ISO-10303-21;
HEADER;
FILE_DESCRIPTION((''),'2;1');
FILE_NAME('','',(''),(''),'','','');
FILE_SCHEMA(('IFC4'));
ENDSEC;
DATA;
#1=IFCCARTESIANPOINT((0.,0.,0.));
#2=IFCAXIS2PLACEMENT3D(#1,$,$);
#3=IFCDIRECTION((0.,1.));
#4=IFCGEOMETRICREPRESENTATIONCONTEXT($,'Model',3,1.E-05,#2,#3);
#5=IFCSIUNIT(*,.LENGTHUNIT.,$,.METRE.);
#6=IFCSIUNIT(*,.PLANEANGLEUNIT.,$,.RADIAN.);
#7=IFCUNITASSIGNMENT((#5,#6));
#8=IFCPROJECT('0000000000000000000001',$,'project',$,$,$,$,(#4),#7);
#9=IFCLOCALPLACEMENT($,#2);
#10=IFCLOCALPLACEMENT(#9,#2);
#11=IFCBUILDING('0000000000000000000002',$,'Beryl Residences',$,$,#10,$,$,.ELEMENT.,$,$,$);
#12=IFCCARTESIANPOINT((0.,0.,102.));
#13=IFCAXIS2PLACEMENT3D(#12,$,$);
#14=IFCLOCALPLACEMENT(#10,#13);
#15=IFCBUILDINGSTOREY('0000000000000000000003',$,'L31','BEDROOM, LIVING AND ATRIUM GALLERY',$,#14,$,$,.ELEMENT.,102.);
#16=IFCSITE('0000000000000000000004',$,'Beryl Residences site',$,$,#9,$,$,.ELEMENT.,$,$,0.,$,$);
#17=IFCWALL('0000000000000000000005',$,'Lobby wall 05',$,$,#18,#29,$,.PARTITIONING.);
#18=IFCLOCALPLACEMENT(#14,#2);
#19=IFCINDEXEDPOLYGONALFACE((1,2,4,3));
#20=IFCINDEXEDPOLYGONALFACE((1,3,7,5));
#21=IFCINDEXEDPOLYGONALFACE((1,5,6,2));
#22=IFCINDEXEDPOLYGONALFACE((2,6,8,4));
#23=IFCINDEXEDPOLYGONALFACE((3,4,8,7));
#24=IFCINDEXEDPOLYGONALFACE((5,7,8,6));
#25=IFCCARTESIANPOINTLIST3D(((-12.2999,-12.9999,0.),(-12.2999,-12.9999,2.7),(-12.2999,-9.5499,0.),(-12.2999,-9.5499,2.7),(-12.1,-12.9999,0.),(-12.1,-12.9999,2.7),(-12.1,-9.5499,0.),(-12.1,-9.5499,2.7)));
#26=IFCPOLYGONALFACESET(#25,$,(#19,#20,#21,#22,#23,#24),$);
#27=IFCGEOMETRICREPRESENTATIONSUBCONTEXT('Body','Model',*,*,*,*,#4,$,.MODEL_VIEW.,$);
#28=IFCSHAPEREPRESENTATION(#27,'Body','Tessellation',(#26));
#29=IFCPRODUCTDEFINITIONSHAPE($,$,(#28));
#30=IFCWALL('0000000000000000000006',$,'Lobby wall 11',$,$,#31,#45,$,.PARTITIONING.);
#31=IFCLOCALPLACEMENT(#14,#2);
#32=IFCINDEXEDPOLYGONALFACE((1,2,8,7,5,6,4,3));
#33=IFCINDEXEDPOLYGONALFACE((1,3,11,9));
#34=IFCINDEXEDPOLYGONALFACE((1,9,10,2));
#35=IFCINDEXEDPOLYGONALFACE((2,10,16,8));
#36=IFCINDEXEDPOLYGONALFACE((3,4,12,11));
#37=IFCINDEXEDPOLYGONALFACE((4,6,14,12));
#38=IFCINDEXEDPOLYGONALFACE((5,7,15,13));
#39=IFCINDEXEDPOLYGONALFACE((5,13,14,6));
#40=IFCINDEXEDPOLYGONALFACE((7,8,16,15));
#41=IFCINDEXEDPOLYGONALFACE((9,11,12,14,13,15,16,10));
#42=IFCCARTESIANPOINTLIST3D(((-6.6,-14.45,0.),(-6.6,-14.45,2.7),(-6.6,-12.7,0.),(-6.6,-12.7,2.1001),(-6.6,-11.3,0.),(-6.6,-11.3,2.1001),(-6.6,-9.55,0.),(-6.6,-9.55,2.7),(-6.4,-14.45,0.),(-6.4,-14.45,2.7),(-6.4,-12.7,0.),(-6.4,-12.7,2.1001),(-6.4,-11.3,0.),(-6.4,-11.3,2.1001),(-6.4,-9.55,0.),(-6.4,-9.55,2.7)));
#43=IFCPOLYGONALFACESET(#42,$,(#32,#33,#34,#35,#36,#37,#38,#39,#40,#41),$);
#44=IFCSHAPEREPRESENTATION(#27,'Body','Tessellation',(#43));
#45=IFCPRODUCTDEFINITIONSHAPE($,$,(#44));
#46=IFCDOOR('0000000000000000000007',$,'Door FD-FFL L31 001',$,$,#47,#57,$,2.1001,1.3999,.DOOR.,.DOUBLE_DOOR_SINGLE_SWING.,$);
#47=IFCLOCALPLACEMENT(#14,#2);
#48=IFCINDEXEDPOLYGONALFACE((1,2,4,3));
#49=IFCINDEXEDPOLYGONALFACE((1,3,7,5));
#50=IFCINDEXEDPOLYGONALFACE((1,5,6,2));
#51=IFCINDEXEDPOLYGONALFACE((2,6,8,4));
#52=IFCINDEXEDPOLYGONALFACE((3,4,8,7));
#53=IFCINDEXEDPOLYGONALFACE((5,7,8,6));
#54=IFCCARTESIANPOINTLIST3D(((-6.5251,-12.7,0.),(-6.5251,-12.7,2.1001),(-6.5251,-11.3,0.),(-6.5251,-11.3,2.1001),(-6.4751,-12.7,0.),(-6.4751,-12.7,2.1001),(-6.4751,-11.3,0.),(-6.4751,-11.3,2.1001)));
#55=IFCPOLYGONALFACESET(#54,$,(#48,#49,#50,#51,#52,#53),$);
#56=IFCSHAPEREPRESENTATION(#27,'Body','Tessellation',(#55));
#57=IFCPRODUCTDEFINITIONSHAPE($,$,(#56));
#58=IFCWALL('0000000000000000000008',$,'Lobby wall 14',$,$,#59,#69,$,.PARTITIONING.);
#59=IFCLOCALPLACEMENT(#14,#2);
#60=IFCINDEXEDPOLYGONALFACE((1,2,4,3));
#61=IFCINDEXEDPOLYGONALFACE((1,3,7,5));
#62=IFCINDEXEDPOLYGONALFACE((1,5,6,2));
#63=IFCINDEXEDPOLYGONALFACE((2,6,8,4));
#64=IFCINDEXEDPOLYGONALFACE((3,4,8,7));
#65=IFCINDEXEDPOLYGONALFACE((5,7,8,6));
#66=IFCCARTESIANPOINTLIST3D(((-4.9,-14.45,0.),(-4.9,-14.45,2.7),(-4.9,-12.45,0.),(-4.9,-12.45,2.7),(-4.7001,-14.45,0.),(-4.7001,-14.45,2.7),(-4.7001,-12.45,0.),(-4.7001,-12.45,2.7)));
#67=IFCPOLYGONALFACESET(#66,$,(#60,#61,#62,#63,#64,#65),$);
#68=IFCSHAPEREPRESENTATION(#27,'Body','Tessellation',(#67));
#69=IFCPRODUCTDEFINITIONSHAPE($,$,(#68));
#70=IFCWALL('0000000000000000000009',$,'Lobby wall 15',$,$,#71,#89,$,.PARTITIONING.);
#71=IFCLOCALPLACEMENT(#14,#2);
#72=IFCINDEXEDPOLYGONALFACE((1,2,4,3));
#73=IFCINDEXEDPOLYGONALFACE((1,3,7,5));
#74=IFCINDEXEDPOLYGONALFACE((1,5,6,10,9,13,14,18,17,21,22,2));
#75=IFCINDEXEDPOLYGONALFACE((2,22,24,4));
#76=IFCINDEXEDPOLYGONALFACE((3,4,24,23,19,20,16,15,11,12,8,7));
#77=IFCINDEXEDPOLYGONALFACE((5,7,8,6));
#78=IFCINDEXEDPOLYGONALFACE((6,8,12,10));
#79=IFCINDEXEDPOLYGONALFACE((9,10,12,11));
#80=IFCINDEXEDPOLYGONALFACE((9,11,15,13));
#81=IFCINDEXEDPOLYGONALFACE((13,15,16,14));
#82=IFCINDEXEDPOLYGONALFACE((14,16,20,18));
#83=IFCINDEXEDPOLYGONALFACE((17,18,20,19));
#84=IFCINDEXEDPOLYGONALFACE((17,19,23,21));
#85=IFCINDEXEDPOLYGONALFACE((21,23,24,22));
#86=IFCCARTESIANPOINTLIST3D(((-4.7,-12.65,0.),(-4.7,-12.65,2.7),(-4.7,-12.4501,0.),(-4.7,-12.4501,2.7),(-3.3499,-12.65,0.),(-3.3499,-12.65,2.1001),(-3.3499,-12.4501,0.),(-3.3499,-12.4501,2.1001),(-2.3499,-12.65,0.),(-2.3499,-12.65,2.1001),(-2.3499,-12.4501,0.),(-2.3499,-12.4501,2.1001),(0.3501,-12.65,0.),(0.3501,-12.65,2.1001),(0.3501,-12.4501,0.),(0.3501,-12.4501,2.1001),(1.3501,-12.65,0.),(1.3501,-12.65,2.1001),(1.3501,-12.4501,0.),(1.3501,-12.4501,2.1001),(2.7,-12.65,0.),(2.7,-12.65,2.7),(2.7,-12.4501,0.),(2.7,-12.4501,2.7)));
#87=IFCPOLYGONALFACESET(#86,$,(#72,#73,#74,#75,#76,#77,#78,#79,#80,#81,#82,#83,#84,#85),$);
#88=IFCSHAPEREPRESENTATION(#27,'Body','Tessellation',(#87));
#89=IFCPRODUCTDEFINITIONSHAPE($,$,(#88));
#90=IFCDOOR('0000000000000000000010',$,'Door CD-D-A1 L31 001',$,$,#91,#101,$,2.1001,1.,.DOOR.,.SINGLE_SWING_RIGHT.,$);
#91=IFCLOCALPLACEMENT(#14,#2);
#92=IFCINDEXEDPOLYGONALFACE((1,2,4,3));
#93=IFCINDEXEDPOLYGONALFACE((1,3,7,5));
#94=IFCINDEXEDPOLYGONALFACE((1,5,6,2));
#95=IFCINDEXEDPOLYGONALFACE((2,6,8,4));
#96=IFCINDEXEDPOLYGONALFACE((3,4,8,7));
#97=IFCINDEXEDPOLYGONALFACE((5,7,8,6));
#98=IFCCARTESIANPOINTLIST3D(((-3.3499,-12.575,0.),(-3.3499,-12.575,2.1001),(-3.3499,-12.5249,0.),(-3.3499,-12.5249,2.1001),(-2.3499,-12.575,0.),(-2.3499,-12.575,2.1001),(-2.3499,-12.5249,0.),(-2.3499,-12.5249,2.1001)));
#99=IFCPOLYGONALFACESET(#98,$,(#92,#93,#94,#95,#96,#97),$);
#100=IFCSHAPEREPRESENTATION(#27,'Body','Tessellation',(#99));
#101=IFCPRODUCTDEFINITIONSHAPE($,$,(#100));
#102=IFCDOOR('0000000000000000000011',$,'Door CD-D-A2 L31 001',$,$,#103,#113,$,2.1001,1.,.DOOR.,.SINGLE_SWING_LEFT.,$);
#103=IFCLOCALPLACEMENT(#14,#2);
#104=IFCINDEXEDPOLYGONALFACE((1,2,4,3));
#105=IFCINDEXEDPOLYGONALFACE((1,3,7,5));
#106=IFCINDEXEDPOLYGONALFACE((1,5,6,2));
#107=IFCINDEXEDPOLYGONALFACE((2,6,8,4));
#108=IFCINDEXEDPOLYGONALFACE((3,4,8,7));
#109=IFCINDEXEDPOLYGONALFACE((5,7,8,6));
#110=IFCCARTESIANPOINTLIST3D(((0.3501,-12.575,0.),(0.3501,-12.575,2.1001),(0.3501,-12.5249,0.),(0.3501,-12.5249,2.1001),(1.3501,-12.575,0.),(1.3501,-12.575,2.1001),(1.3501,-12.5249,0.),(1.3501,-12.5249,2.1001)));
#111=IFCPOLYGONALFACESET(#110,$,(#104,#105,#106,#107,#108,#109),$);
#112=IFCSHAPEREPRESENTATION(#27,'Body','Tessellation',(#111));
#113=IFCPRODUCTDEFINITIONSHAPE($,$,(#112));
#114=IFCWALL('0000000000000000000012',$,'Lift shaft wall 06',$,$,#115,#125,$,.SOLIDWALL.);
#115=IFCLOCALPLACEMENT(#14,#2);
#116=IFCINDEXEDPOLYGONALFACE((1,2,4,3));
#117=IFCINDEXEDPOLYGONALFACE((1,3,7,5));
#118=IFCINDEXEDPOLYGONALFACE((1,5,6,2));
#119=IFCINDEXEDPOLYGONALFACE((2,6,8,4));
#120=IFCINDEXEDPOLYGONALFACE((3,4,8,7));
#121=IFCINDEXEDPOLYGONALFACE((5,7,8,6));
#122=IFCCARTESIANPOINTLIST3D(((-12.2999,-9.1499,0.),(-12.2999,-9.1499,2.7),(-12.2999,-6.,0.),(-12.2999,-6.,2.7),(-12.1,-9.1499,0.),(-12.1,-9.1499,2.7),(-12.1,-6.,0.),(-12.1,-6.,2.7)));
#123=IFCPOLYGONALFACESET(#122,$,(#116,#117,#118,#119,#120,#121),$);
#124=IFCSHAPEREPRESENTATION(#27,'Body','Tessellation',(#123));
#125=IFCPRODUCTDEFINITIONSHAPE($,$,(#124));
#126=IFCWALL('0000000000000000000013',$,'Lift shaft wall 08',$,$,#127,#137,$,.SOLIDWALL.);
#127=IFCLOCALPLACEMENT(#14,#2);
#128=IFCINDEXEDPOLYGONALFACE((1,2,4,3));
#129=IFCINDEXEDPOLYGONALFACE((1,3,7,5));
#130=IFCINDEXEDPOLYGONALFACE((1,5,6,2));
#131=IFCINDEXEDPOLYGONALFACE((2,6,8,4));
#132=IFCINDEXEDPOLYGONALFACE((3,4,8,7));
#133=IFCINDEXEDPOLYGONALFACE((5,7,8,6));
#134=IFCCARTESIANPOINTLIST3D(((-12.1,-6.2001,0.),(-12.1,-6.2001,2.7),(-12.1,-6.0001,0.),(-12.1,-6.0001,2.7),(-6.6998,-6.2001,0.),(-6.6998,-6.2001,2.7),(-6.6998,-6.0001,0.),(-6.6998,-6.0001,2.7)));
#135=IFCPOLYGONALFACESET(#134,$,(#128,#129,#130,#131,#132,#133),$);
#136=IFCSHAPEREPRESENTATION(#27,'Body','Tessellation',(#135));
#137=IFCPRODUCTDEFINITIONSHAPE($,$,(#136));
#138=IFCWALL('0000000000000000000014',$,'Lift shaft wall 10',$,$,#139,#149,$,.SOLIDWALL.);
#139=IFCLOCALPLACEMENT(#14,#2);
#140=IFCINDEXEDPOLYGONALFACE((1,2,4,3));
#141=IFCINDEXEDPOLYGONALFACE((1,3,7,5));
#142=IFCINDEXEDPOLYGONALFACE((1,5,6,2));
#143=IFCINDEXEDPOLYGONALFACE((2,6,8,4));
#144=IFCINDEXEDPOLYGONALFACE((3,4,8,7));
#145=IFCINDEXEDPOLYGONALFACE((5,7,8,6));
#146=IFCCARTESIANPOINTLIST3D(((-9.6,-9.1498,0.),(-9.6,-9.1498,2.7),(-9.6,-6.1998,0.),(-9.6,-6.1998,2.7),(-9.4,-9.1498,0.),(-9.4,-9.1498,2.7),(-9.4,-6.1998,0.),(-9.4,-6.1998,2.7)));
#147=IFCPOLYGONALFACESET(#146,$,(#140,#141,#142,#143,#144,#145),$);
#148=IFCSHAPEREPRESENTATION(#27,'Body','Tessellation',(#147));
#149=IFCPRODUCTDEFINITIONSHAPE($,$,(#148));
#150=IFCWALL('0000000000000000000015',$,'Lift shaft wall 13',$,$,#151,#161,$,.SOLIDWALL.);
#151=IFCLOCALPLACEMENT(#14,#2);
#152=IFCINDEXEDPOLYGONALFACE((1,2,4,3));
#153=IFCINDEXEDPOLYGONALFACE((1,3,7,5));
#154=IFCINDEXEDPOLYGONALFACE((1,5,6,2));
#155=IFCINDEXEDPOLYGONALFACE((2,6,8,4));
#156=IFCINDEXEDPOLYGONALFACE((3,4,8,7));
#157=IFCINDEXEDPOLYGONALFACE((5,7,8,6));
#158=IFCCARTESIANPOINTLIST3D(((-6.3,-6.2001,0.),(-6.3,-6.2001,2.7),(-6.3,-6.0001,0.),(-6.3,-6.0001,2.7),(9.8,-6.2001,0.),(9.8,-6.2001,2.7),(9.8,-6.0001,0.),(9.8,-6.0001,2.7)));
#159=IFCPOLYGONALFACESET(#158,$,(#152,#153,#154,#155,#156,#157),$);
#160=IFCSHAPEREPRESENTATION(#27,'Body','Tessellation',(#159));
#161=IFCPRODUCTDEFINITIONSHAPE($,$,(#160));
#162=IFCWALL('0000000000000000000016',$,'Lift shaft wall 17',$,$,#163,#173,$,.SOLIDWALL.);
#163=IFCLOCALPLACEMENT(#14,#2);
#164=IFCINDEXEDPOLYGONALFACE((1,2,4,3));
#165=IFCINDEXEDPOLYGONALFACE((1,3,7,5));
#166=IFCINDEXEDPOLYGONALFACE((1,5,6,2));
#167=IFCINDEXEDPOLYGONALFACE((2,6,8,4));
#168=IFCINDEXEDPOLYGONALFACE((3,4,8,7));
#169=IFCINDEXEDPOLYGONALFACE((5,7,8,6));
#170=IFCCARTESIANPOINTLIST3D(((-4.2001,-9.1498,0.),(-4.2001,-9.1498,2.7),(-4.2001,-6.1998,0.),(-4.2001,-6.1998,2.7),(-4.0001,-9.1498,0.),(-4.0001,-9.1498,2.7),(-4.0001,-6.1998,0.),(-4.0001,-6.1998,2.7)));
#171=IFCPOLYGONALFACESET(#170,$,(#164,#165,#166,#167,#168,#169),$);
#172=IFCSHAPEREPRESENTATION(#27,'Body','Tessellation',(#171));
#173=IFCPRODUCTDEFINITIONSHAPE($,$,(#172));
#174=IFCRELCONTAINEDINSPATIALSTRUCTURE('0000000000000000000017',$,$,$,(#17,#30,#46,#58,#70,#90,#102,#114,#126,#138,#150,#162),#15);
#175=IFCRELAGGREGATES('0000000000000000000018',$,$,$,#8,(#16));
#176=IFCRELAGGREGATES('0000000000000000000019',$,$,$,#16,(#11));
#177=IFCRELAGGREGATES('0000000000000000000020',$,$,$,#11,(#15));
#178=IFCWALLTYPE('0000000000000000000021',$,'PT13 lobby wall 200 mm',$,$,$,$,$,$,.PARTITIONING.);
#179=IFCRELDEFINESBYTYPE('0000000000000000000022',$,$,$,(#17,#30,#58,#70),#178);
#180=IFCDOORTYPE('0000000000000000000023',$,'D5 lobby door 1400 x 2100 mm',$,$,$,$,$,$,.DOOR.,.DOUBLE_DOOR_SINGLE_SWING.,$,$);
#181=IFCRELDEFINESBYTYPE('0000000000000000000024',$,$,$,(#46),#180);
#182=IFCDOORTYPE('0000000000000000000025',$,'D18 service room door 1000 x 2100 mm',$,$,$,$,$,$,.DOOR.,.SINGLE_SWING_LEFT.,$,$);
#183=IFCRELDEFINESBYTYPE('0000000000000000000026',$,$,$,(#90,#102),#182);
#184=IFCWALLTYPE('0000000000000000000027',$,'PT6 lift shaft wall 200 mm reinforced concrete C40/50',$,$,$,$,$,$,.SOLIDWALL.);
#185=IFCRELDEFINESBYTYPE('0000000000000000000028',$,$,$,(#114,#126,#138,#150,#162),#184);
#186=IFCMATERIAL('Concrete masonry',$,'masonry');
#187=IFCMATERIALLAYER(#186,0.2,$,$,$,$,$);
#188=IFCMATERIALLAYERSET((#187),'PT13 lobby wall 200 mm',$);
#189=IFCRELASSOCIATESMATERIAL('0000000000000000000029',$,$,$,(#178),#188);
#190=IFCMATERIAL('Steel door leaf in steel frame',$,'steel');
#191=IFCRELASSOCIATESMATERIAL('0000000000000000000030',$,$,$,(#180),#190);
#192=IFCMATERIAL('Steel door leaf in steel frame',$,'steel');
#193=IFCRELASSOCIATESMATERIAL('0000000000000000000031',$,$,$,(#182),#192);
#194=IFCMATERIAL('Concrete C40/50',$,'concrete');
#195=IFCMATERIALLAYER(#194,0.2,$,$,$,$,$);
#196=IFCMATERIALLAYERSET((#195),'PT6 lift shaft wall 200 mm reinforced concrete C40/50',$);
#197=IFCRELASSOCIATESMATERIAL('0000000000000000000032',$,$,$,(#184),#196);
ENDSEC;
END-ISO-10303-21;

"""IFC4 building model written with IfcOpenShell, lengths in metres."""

from ifc_helpers import new_model, si_unit, direction, frame, frame_2d, origin, place, context, subcontext, project, spatial, rectangle, extrude, material, layer, layer_set, type_object, element, fill, save


model = new_model("IFC4")

# Units and contexts
model_context = context("Model", 3, precision=1e-05, world=origin(), true_north=direction((0.0, 1.0)))
body_context = subcontext(model_context, "Body", "Model", "MODEL_VIEW")
ifc_project = project(units=[si_unit("LENGTHUNIT", "METRE"), si_unit("PLANEANGLEUNIT", "RADIAN")], contexts=[model_context])

# Site, building, storey
site_placement = place(None, origin())
site = spatial("IfcSite", under=ifc_project, at=site_placement, Name="Beryl Residences site", CompositionType="ELEMENT", RefElevation=0.0)
building_placement = place(site_placement, origin())
building = spatial("IfcBuilding", under=site, at=building_placement, Name="Beryl Residences", CompositionType="ELEMENT")
storey_placement = place(building_placement, frame((0.0, 0.0, 102.0)))
storey = spatial("IfcBuildingStorey", under=building, at=storey_placement, Name="L31", Description="BEDROOM, LIVING AND ATRIUM GALLERY", CompositionType="ELEMENT", Elevation=102.0)

# Wall
ifc_material_1 = material(Name="Concrete masonry", Category="masonry")
ifc_layer_1 = layer(ifc_material_1, 0.2)
ifc_layer_set_1 = layer_set([ifc_layer_1], Name="PT13 lobby wall 200 mm")
wall_type_1 = type_object("IfcWallType", Name="PT13 lobby wall 200 mm", PredefinedType="PARTITIONING", material=ifc_layer_set_1)
wall_1_placement = place(storey_placement, frame((-12.2, -13.0, 0.0), z_axis=(0.0, 0.0, 1.0), x_axis=(0.0, 1.0, 0.0)))
element("IfcWall", 1, at=wall_1_placement, inside=storey, type_object=wall_type_1, Name="Lobby wall 05", PredefinedType="PARTITIONING", context=body_context, shape_type="SweptSolid", body=[
    extrude(rectangle(XDim=3.45, YDim=0.2, at=frame_2d((1.7251, 0.0))), origin(), (0.0, 0.0, 1.0), 2.7),
])

# Wall, opening, door
wall_2_placement = place(storey_placement, frame((-6.5, -14.45, 0.0), z_axis=(0.0, 0.0, 1.0), x_axis=(0.0, 1.0, 0.0)))
wall_2 = element("IfcWall", 2, at=wall_2_placement, inside=storey, type_object=wall_type_1, Name="Lobby wall 11", PredefinedType="PARTITIONING", context=body_context, shape_type="SweptSolid", body=[
    extrude(rectangle(XDim=4.8999, YDim=0.2, at=frame_2d((2.45, 0.0))), origin(), (0.0, 0.0, 1.0), 2.7),
])
opening_1_placement = place(wall_2_placement, frame((3.1499, 0.0, 0.0), z_axis=(0.0, 0.0, 1.0), x_axis=(-1.0, 0.0, 0.0)))
opening_1 = element("IfcOpeningElement", 3, at=opening_1_placement, cuts=wall_2, PredefinedType="OPENING", context=body_context, shape_type="SweptSolid", body=[
    extrude(rectangle(XDim=1.3999, YDim=2.1001, at=frame_2d((0.7, 1.05))), frame((0.0, 0.1099, 0.0), z_axis=(0.0, -1.0, 0.0), x_axis=(1.0, 0.0, 0.0)), (0.0, 0.0, 1.0), 0.22),
])
ifc_material_2 = material(Name="Steel door leaf in steel frame", Category="steel")
door_type_1 = type_object("IfcDoorType", Name="D5 lobby door 1400 x 2100 mm", OperationType="DOUBLE_DOOR_SINGLE_SWING", PredefinedType="DOOR", material=ifc_material_2)
door_1_placement = place(opening_1_placement, origin())
door_1 = element("IfcDoor", 4, at=door_1_placement, inside=storey, type_object=door_type_1, Name="Door FD-FFL L31 001", OperationType="DOUBLE_DOOR_SINGLE_SWING", OverallHeight=2.1001, OverallWidth=1.3999, PredefinedType="DOOR", context=body_context, shape_type="SweptSolid", body=[
    extrude(rectangle(XDim=1.3999, YDim=2.1001, at=frame_2d((0.7, 1.05))), frame((0.0, 0.0249, 0.0), z_axis=(0.0, -1.0, 0.0), x_axis=(1.0, 0.0, 0.0)), (0.0, 0.0, 1.0), 0.05),
])
fill(opening_1, door_1)

# Wall
wall_3_placement = place(storey_placement, frame((-4.8, -14.45, 0.0), z_axis=(0.0, 0.0, 1.0), x_axis=(0.0, 1.0, 0.0)))
element("IfcWall", 5, at=wall_3_placement, inside=storey, type_object=wall_type_1, Name="Lobby wall 14", PredefinedType="PARTITIONING", context=body_context, shape_type="SweptSolid", body=[
    extrude(rectangle(XDim=2.0, YDim=0.2, at=frame_2d((1.0, 0.0))), origin(), (0.0, 0.0, 1.0), 2.7),
])

# Wall, openings, doors
wall_4_placement = place(storey_placement, frame((-4.7, -12.55, 0.0), z_axis=(0.0, 0.0, 1.0), x_axis=(1.0, 0.0, 0.0)))
wall_4 = element("IfcWall", 6, at=wall_4_placement, inside=storey, type_object=wall_type_1, Name="Lobby wall 15", PredefinedType="PARTITIONING", context=body_context, shape_type="SweptSolid", body=[
    extrude(rectangle(XDim=7.3999, YDim=0.2, at=frame_2d((3.7, 0.0))), origin(), (0.0, 0.0, 1.0), 2.7),
])
opening_2_placement = place(wall_4_placement, frame((2.3501, 0.0, 0.0), z_axis=(0.0, 0.0, 1.0), x_axis=(-1.0, 0.0, 0.0)))
opening_2 = element("IfcOpeningElement", 7, at=opening_2_placement, cuts=wall_4, PredefinedType="OPENING", context=body_context, shape_type="SweptSolid", body=[
    extrude(rectangle(XDim=1.0, YDim=2.1001, at=frame_2d((0.5, 1.05))), frame((0.0, 0.1099, 0.0), z_axis=(0.0, -1.0, 0.0), x_axis=(1.0, 0.0, 0.0)), (0.0, 0.0, 1.0), 0.22),
])
opening_3_placement = place(wall_4_placement, frame((6.05, 0.0, 0.0), z_axis=(0.0, 0.0, 1.0), x_axis=(-1.0, 0.0, 0.0)))
opening_3 = element("IfcOpeningElement", 8, at=opening_3_placement, cuts=wall_4, PredefinedType="OPENING", context=body_context, shape_type="SweptSolid", body=[
    extrude(rectangle(XDim=1.0, YDim=2.1001, at=frame_2d((0.5, 1.05))), frame((0.0, 0.1099, 0.0), z_axis=(0.0, -1.0, 0.0), x_axis=(1.0, 0.0, 0.0)), (0.0, 0.0, 1.0), 0.22),
])
ifc_material_3 = material(Name="Steel door leaf in steel frame", Category="steel")
door_type_2 = type_object("IfcDoorType", Name="D18 service room door 1000 x 2100 mm", OperationType="SINGLE_SWING_LEFT", PredefinedType="DOOR", material=ifc_material_3)
door_2_placement = place(opening_2_placement, origin())
door_2 = element("IfcDoor", 9, at=door_2_placement, inside=storey, type_object=door_type_2, Name="Door CD-D-A1 L31 001", OperationType="SINGLE_SWING_RIGHT", OverallHeight=2.1001, OverallWidth=1.0, PredefinedType="DOOR", context=body_context, shape_type="SweptSolid", body=[
    extrude(rectangle(XDim=1.0, YDim=2.1001, at=frame_2d((0.5, 1.05))), frame((0.0, 0.0249, 0.0), z_axis=(0.0, -1.0, 0.0), x_axis=(1.0, 0.0, 0.0)), (0.0, 0.0, 1.0), 0.05),
])
fill(opening_2, door_2)
door_3_placement = place(opening_3_placement, origin())
door_3 = element("IfcDoor", 10, at=door_3_placement, inside=storey, type_object=door_type_2, Name="Door CD-D-A2 L31 001", OperationType="SINGLE_SWING_LEFT", OverallHeight=2.1001, OverallWidth=1.0, PredefinedType="DOOR", context=body_context, shape_type="SweptSolid", body=[
    extrude(rectangle(XDim=1.0, YDim=2.1001, at=frame_2d((0.5, 1.05))), frame((0.0, 0.0249, 0.0), z_axis=(0.0, -1.0, 0.0), x_axis=(1.0, 0.0, 0.0)), (0.0, 0.0, 1.0), 0.05),
])
fill(opening_3, door_3)

# Walls
ifc_material_4 = material(Name="Concrete C40/50", Category="concrete")
ifc_layer_2 = layer(ifc_material_4, 0.2)
ifc_layer_set_2 = layer_set([ifc_layer_2], Name="PT6 lift shaft wall 200 mm reinforced concrete C40/50")
wall_type_2 = type_object("IfcWallType", Name="PT6 lift shaft wall 200 mm reinforced concrete C40/50", PredefinedType="SOLIDWALL", material=ifc_layer_set_2)
wall_5_placement = place(storey_placement, frame((-12.2, -9.1499, 0.0), z_axis=(0.0, 0.0, 1.0), x_axis=(0.0, 1.0, 0.0)))
element("IfcWall", 11, at=wall_5_placement, inside=storey, type_object=wall_type_2, Name="Lift shaft wall 06", PredefinedType="SOLIDWALL", context=body_context, shape_type="SweptSolid", body=[
    extrude(rectangle(XDim=3.1499, YDim=0.2, at=frame_2d((1.575, 0.0))), origin(), (0.0, 0.0, 1.0), 2.7),
])
wall_6_placement = place(storey_placement, frame((-12.1001, -6.1001, 0.0), z_axis=(0.0, 0.0, 1.0), x_axis=(1.0, 0.0, 0.0)))
element("IfcWall", 12, at=wall_6_placement, inside=storey, type_object=wall_type_2, Name="Lift shaft wall 08", PredefinedType="SOLIDWALL", context=body_context, shape_type="SweptSolid", body=[
    extrude(rectangle(XDim=5.4001, YDim=0.2, at=frame_2d((2.7002, 0.0))), origin(), (0.0, 0.0, 1.0), 2.7),
])
wall_7_placement = place(storey_placement, frame((-9.5, -9.1499, 0.0), z_axis=(0.0, 0.0, 1.0), x_axis=(0.0, 1.0, 0.0)))
element("IfcWall", 13, at=wall_7_placement, inside=storey, type_object=wall_type_2, Name="Lift shaft wall 10", PredefinedType="SOLIDWALL", context=body_context, shape_type="SweptSolid", body=[
    extrude(rectangle(XDim=2.95, YDim=0.2, at=frame_2d((1.4751, 0.0))), origin(), (0.0, 0.0, 1.0), 2.7),
])
wall_8_placement = place(storey_placement, frame((-6.3, -6.1001, 0.0), z_axis=(0.0, 0.0, 1.0), x_axis=(1.0, 0.0, 0.0)))
element("IfcWall", 14, at=wall_8_placement, inside=storey, type_object=wall_type_2, Name="Lift shaft wall 13", PredefinedType="SOLIDWALL", context=body_context, shape_type="SweptSolid", body=[
    extrude(rectangle(XDim=16.1001, YDim=0.2, at=frame_2d((8.05, 0.0))), origin(), (0.0, 0.0, 1.0), 2.7),
])
wall_9_placement = place(storey_placement, frame((-4.1001, -9.1499, 0.0), z_axis=(0.0, 0.0, 1.0), x_axis=(0.0, 1.0, 0.0)))
element("IfcWall", 15, at=wall_9_placement, inside=storey, type_object=wall_type_2, Name="Lift shaft wall 17", PredefinedType="SOLIDWALL", context=body_context, shape_type="SweptSolid", body=[
    extrude(rectangle(XDim=2.95, YDim=0.2, at=frame_2d((1.4751, 0.0))), origin(), (0.0, 0.0, 1.0), 2.7),
])

save(model, "model.ifc")
